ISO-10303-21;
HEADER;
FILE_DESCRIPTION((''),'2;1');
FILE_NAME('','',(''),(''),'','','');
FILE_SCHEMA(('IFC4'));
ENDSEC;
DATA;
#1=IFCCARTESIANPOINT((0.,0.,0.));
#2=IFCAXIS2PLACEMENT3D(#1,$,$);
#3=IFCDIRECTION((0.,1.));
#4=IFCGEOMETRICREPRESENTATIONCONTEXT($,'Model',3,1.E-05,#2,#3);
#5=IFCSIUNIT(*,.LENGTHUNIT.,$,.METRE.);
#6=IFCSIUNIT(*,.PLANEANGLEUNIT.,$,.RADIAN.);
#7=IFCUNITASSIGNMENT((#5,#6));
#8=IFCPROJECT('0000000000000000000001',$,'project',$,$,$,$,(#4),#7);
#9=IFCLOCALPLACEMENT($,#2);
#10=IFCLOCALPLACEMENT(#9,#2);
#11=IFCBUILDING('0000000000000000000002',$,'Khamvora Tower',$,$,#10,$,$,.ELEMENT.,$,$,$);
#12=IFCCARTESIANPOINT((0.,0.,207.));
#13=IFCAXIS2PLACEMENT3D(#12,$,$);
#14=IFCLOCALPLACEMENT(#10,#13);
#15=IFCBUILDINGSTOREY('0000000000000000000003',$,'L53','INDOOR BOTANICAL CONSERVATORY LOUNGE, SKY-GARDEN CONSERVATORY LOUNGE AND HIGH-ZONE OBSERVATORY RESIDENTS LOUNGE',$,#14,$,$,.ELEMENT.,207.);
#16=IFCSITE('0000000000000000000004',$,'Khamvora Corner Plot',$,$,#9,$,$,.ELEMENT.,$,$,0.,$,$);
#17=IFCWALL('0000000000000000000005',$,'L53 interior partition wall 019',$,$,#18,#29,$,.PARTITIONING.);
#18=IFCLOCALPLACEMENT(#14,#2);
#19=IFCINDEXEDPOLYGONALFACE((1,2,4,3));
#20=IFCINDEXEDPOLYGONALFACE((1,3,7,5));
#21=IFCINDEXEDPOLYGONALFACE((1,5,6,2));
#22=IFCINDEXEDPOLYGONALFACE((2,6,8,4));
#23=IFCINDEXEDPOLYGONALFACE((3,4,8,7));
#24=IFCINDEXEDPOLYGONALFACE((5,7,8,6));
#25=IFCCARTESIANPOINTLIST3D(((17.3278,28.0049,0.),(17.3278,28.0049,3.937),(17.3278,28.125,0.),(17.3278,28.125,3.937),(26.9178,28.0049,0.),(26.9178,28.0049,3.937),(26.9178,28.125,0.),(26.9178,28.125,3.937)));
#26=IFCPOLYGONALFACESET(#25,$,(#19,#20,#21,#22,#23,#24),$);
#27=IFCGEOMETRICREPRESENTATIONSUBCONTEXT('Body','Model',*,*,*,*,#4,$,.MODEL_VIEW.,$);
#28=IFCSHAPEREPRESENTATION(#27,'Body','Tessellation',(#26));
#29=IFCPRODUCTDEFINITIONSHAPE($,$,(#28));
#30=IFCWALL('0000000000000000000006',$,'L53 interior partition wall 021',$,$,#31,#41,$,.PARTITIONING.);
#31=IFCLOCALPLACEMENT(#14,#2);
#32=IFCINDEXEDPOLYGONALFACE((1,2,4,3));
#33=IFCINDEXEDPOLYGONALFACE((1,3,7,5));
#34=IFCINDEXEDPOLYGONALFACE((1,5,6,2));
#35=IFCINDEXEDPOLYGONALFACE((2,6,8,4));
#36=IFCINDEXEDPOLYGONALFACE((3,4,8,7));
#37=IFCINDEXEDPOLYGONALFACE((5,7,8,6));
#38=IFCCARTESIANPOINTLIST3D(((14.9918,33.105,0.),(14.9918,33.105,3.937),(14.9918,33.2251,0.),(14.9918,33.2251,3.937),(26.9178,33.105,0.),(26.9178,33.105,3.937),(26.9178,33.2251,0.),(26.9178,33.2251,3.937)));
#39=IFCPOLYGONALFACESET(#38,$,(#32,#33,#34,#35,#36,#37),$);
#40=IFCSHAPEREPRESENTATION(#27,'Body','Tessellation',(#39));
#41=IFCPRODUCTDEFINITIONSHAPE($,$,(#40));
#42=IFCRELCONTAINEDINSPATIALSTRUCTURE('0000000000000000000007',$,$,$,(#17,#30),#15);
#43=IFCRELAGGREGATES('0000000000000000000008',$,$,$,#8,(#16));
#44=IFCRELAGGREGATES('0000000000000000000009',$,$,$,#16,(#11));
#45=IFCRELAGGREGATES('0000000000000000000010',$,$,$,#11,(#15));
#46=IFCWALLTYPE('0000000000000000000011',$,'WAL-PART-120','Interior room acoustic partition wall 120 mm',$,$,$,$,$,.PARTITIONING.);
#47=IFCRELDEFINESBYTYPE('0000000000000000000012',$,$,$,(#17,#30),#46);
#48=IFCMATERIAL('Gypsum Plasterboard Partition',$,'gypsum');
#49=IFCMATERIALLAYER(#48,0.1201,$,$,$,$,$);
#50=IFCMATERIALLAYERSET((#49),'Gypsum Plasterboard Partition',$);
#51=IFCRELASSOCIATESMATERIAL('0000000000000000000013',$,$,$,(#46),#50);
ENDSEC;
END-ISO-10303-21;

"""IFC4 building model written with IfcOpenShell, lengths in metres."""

from ifc_helpers import new_model, si_unit, direction, frame, frame_2d, origin, place, context, subcontext, project, spatial, rectangle, extrude, material, layer, layer_set, type_object, element, save


model = new_model("IFC4")

# Units and contexts
model_context = context("Model", 3, precision=1e-05, world=origin(), true_north=direction((0.0, 1.0)))
body_context = subcontext(model_context, "Body", "Model", "MODEL_VIEW")
ifc_project = project(units=[si_unit("LENGTHUNIT", "METRE"), si_unit("PLANEANGLEUNIT", "RADIAN")], contexts=[model_context])

# Site, building, storey
site_placement = place(None, origin())
site = spatial("IfcSite", under=ifc_project, at=site_placement, Name="Khamvora Corner Plot", CompositionType="ELEMENT", RefElevation=0.0)
building_placement = place(site_placement, origin())
building = spatial("IfcBuilding", under=site, at=building_placement, Name="Khamvora Tower", CompositionType="ELEMENT")
storey_placement = place(building_placement, frame((0.0, 0.0, 207.0)))
storey = spatial("IfcBuildingStorey", under=building, at=storey_placement, Name="L53", Description="INDOOR BOTANICAL CONSERVATORY LOUNGE, SKY-GARDEN CONSERVATORY LOUNGE AND HIGH-ZONE OBSERVATORY RESIDENTS LOUNGE", CompositionType="ELEMENT", Elevation=207.0)

# Walls
ifc_material_1 = material(Name="Gypsum Plasterboard Partition", Category="gypsum")
ifc_layer_1 = layer(ifc_material_1, 0.1201)
ifc_layer_set_1 = layer_set([ifc_layer_1], Name="Gypsum Plasterboard Partition")
wall_type_1 = type_object("IfcWallType", Name="WAL-PART-120", Description="Interior room acoustic partition wall 120 mm", PredefinedType="PARTITIONING", material=ifc_layer_set_1)
wall_1_placement = place(storey_placement, frame((17.3279, 28.0649, 0.0), z_axis=(0.0, 0.0, 1.0), x_axis=(1.0, 0.0, 0.0)))
element("IfcWall", 1, at=wall_1_placement, inside=storey, type_object=wall_type_1, Name="L53 interior partition wall 019", PredefinedType="PARTITIONING", context=body_context, shape_type="SweptSolid", body=[
    extrude(rectangle(XDim=9.5901, YDim=0.1201, at=frame_2d((4.7949, 0.0))), origin(), (0.0, 0.0, 1.0), 3.937),
])
wall_2_placement = place(storey_placement, frame((14.9919, 33.165, 0.0), z_axis=(0.0, 0.0, 1.0), x_axis=(1.0, 0.0, 0.0)))
element("IfcWall", 2, at=wall_2_placement, inside=storey, type_object=wall_type_1, Name="L53 interior partition wall 021", PredefinedType="PARTITIONING", context=body_context, shape_type="SweptSolid", body=[
    extrude(rectangle(XDim=11.926, YDim=0.1201, at=frame_2d((5.9629, 0.0))), origin(), (0.0, 0.0, 1.0), 3.937),
])

save(model, "model.ifc")
